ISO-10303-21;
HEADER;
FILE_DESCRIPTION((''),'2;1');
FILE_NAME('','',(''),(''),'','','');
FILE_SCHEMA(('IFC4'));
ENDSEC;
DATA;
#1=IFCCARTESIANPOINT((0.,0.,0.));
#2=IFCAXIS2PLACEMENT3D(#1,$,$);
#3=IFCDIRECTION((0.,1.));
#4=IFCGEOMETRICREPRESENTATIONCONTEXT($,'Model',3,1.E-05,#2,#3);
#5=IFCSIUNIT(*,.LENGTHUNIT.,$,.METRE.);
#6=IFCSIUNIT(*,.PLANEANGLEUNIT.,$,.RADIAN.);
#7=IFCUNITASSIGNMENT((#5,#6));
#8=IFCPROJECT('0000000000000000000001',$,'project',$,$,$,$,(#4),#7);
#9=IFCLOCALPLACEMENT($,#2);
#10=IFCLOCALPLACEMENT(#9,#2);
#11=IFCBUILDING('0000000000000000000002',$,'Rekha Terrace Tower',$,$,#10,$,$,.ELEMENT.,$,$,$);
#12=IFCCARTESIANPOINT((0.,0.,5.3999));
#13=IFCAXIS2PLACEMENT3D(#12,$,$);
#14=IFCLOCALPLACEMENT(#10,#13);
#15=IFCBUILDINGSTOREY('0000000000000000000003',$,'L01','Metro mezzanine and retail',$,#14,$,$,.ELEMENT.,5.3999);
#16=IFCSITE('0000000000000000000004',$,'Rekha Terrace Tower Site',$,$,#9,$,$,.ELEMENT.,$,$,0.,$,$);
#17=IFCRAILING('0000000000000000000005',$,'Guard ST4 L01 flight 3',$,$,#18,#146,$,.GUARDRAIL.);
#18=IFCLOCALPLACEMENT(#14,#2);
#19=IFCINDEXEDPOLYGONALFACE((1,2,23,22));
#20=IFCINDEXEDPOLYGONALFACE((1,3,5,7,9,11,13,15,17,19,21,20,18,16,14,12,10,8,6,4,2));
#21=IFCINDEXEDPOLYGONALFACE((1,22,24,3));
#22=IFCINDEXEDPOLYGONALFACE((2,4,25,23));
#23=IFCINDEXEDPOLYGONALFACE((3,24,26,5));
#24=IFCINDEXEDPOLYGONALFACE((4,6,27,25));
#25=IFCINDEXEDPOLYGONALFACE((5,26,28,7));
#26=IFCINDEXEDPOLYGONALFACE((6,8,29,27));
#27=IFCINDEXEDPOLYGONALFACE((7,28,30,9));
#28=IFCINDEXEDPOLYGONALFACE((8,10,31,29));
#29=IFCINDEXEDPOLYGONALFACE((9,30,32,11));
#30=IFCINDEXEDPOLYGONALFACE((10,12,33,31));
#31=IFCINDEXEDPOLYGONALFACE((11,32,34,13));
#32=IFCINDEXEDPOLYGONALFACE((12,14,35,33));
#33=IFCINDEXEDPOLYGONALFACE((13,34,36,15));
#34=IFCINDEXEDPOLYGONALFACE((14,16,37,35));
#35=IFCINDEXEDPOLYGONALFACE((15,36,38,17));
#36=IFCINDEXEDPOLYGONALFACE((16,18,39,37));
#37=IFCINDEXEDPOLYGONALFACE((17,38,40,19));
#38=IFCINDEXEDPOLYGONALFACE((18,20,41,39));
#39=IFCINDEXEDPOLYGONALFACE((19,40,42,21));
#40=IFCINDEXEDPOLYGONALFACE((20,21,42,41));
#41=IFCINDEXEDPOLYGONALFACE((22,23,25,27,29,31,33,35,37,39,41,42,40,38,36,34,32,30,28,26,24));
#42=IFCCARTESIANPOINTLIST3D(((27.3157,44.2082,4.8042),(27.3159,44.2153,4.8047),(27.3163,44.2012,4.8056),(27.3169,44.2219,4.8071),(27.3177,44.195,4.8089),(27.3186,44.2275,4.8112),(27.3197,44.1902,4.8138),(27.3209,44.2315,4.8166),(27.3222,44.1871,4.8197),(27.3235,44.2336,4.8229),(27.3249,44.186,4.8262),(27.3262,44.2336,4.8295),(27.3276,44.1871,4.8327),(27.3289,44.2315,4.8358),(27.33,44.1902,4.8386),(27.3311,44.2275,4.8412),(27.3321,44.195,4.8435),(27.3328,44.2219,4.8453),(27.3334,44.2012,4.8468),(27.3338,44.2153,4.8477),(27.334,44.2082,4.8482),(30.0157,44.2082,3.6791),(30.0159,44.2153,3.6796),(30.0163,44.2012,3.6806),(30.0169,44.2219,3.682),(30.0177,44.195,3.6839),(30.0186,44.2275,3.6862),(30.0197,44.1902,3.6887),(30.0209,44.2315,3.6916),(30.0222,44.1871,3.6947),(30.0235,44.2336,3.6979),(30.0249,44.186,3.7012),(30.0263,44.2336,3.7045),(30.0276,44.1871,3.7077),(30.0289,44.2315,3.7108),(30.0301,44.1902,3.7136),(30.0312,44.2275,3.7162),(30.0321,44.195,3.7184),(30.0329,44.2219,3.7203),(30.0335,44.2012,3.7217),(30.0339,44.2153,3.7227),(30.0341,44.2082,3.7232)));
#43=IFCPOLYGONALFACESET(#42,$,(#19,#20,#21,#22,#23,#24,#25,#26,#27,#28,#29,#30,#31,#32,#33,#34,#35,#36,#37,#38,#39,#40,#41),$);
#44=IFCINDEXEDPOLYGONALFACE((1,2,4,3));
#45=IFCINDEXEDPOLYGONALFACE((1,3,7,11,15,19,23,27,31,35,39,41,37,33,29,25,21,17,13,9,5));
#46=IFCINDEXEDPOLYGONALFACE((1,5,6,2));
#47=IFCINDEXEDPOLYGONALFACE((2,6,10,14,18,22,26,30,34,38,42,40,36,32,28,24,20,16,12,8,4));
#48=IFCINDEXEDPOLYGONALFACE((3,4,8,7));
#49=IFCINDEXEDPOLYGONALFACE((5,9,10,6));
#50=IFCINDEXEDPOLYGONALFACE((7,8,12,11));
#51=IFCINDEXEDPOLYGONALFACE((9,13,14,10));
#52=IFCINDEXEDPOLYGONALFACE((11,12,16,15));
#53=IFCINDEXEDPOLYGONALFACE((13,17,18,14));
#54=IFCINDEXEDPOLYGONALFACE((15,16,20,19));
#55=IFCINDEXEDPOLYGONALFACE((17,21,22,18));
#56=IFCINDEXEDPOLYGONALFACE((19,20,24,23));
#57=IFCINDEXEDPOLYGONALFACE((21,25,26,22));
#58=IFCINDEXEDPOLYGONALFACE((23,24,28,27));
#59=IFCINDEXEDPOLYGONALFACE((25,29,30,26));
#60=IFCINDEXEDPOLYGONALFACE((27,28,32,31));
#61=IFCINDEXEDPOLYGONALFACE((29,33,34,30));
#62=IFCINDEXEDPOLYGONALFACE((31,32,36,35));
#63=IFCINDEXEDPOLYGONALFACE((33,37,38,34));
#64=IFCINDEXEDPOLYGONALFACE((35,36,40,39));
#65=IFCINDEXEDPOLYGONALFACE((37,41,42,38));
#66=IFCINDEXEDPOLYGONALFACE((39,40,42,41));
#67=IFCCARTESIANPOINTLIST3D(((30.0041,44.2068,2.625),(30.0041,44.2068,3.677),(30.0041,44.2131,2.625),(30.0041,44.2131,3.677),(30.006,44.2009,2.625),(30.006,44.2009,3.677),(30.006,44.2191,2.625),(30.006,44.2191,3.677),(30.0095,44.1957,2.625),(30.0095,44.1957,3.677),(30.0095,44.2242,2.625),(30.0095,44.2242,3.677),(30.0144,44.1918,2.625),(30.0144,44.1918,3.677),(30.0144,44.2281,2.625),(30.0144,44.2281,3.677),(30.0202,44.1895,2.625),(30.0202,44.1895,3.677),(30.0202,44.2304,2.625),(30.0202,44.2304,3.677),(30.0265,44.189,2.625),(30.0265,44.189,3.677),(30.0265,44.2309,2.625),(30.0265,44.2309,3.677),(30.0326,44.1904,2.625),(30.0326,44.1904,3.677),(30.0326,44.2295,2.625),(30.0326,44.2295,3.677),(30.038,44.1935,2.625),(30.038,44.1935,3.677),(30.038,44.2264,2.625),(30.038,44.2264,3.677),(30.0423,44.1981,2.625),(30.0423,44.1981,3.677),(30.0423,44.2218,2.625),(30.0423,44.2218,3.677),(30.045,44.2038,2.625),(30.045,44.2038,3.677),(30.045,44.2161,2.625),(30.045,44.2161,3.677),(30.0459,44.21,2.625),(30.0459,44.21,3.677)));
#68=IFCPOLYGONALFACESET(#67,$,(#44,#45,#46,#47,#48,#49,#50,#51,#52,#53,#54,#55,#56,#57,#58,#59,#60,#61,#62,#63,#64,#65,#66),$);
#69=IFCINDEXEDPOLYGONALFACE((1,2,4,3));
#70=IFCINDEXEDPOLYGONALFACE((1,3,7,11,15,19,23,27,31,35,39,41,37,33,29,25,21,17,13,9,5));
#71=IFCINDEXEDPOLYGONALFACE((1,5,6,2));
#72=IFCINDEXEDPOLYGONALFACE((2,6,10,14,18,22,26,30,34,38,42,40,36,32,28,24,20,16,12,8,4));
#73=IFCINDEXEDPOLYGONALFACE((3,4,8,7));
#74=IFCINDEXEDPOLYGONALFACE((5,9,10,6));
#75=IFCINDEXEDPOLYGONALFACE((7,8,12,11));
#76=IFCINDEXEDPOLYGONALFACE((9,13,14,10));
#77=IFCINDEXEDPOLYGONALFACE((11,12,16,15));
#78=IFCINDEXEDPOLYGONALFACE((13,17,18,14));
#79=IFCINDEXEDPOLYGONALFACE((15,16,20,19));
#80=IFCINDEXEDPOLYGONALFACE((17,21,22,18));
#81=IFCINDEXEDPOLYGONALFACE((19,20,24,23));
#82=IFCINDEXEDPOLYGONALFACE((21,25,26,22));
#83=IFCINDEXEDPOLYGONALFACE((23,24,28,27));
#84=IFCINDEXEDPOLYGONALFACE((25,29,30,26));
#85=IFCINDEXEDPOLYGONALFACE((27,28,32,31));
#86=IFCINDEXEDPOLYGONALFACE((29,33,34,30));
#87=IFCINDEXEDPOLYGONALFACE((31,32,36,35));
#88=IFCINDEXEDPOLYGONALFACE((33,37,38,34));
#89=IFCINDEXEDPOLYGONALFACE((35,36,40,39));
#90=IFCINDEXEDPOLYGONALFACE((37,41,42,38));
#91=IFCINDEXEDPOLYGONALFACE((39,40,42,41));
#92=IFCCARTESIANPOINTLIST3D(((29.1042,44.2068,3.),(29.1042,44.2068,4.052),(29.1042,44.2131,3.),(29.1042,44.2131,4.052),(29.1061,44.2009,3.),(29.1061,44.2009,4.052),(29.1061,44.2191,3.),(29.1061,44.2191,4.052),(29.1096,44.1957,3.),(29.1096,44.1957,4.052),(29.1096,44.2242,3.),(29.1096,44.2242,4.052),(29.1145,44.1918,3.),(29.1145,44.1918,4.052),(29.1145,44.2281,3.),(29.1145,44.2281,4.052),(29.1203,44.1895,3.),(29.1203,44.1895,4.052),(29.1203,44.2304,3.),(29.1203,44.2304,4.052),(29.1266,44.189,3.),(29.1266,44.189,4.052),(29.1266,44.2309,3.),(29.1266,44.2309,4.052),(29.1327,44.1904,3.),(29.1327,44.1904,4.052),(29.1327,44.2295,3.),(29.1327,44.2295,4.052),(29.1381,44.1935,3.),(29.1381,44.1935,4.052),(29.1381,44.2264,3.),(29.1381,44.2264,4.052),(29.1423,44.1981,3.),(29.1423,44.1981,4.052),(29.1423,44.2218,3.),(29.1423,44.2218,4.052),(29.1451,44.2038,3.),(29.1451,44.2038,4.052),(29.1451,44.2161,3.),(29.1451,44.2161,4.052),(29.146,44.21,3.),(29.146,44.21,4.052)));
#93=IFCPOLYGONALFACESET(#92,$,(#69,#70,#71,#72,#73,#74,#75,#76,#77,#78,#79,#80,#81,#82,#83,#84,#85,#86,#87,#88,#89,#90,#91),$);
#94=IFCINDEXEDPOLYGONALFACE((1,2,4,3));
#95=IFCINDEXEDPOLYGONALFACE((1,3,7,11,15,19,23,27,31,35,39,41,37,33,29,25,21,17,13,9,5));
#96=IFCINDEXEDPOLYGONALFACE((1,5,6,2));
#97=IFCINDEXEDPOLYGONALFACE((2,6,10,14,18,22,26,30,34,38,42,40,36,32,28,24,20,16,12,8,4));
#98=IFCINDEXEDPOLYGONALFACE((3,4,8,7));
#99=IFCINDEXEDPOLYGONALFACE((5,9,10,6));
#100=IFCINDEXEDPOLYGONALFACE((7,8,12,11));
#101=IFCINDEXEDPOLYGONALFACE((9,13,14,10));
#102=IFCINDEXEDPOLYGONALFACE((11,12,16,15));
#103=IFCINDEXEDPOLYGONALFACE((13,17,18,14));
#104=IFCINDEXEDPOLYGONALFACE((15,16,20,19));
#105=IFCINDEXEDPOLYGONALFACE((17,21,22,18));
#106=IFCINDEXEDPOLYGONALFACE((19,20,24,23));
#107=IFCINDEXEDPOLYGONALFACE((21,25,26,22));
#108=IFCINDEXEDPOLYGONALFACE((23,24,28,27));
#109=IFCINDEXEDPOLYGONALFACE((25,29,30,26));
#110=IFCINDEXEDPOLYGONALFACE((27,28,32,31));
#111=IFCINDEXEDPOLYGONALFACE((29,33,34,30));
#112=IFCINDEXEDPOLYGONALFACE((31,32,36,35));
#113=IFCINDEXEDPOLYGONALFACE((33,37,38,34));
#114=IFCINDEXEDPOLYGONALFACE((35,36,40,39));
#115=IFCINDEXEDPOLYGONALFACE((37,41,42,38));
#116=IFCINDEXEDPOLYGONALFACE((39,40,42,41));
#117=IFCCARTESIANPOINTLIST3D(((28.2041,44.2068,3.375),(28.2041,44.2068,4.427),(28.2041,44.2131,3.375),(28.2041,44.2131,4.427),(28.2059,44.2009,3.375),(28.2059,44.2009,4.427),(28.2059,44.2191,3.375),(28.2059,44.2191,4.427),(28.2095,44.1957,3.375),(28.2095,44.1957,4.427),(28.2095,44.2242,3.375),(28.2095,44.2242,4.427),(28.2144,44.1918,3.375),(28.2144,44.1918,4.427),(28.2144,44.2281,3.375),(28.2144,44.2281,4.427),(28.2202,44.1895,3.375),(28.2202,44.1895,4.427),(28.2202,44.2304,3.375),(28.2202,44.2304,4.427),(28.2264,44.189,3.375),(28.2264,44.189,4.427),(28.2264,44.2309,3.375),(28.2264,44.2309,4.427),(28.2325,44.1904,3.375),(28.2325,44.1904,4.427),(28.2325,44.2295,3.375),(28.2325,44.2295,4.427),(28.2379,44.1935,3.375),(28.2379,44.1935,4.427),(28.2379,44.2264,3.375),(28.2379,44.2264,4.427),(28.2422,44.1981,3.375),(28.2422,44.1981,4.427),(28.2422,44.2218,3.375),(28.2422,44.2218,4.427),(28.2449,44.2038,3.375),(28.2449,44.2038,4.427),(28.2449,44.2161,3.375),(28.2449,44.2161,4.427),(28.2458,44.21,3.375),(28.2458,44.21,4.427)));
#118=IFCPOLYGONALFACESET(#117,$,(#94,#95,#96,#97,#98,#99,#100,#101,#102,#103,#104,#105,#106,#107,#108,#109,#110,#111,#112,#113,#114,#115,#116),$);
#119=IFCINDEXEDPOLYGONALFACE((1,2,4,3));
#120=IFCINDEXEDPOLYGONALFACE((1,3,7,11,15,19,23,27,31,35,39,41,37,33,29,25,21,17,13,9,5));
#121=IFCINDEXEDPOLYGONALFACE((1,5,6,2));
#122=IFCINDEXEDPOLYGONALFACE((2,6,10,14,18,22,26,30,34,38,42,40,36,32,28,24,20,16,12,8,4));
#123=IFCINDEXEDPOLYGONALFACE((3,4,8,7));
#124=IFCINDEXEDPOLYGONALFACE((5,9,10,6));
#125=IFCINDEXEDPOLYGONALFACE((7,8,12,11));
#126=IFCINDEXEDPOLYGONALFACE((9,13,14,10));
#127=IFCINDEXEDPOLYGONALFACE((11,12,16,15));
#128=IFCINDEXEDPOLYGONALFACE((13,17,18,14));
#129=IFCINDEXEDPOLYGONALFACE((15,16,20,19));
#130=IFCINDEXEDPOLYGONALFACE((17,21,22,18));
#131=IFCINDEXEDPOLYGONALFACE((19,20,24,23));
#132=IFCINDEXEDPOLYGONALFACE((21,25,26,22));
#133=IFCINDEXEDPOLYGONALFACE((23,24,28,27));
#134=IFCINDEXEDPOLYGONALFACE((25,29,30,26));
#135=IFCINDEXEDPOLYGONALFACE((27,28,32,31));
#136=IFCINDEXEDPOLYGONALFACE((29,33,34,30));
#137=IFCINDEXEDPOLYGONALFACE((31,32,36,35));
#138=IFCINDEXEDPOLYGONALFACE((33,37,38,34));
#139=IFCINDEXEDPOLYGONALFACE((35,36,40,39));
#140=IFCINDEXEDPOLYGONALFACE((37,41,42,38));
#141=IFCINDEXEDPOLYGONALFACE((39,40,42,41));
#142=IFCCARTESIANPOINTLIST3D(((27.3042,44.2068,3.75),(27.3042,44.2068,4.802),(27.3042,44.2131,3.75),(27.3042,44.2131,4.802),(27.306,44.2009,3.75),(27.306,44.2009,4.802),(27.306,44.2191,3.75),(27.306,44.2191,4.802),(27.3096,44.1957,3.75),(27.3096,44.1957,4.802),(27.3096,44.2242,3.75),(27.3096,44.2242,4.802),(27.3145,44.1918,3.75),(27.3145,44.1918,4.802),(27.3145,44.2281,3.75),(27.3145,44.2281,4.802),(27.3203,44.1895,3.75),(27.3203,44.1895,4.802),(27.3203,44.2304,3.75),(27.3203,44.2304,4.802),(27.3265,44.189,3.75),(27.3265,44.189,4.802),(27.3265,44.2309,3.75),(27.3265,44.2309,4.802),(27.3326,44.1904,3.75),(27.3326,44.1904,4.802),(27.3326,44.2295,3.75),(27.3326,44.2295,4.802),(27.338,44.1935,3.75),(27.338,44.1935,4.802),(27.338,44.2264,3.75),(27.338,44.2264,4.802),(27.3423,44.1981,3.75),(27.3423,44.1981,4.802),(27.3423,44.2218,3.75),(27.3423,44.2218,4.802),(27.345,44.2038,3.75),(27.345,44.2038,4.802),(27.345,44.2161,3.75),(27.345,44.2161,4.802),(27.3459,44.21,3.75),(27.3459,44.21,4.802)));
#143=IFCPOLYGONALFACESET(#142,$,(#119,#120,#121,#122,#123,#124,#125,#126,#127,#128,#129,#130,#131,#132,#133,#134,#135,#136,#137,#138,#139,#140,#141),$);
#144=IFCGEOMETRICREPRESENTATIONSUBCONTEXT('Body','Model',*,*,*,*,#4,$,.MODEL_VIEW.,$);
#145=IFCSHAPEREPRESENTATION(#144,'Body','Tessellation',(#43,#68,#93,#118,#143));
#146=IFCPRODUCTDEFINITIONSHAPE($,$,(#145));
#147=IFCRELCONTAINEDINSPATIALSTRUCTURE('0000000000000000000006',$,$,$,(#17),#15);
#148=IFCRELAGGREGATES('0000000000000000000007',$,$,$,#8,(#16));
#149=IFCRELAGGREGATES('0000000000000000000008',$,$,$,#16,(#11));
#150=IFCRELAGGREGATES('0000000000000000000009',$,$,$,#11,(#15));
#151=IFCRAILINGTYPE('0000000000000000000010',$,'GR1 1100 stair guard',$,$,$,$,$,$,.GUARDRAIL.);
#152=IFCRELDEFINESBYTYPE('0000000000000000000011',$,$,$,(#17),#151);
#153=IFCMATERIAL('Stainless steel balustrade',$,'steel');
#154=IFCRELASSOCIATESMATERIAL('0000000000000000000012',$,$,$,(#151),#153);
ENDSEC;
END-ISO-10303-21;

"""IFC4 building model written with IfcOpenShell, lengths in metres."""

from ifc_helpers import new_model, si_unit, direction, frame, origin, origin_2d, place, context, subcontext, project, spatial, circle, extrude, material, type_object, element, save


model = new_model("IFC4")

# Units and contexts
model_context = context("Model", 3, precision=1e-05, world=origin(), true_north=direction((0.0, 1.0)))
body_context = subcontext(model_context, "Body", "Model", "MODEL_VIEW")
ifc_project = project(units=[si_unit("LENGTHUNIT", "METRE"), si_unit("PLANEANGLEUNIT", "RADIAN")], contexts=[model_context])

# Site, building, storey
site_placement = place(None, origin())
site = spatial("IfcSite", under=ifc_project, at=site_placement, Name="Rekha Terrace Tower Site", CompositionType="ELEMENT", RefElevation=0.0)
building_placement = place(site_placement, origin())
building = spatial("IfcBuilding", under=site, at=building_placement, Name="Rekha Terrace Tower", CompositionType="ELEMENT")
storey_placement = place(building_placement, frame((0.0, 0.0, 5.3999)))
storey = spatial("IfcBuildingStorey", under=building, at=storey_placement, Name="L01", Description="Metro mezzanine and retail", CompositionType="ELEMENT", Elevation=5.3999)

# Railing
ifc_material_1 = material(Name="Stainless steel balustrade", Category="steel")
railing_type_1 = type_object("IfcRailingType", Name="GR1 1100 stair guard", PredefinedType="GUARDRAIL", material=ifc_material_1)
railing_1_placement = place(storey_placement, frame((30.0249, 44.21, 2.625)))
element("IfcRailing", 1, at=railing_1_placement, inside=storey, type_object=railing_type_1, Name="Guard ST4 L01 flight 3", PredefinedType="GUARDRAIL", context=body_context, shape_type="SweptSolid", body=[
    extrude(circle(Radius=0.0239, at=origin_2d()), frame((0.0, 0.0, 1.0762), z_axis=(-0.923074, 0.0, 0.384621), x_axis=(0.0, -1.0, 0.0)), (0.0, 0.0, 1.0), 2.925),
    extrude(circle(Radius=0.021, at=origin_2d()), origin(), (0.0, 0.0, 1.0), 1.052),
    extrude(circle(Radius=0.021, at=origin_2d()), frame((-0.8999, 0.0, 0.375)), (0.0, 0.0, 1.0), 1.052),
    extrude(circle(Radius=0.021, at=origin_2d()), frame((-1.8, 0.0, 0.75)), (0.0, 0.0, 1.0), 1.052),
    extrude(circle(Radius=0.021, at=origin_2d()), frame((-2.7, 0.0, 1.125)), (0.0, 0.0, 1.0), 1.052),
])

save(model, "model.ifc")
